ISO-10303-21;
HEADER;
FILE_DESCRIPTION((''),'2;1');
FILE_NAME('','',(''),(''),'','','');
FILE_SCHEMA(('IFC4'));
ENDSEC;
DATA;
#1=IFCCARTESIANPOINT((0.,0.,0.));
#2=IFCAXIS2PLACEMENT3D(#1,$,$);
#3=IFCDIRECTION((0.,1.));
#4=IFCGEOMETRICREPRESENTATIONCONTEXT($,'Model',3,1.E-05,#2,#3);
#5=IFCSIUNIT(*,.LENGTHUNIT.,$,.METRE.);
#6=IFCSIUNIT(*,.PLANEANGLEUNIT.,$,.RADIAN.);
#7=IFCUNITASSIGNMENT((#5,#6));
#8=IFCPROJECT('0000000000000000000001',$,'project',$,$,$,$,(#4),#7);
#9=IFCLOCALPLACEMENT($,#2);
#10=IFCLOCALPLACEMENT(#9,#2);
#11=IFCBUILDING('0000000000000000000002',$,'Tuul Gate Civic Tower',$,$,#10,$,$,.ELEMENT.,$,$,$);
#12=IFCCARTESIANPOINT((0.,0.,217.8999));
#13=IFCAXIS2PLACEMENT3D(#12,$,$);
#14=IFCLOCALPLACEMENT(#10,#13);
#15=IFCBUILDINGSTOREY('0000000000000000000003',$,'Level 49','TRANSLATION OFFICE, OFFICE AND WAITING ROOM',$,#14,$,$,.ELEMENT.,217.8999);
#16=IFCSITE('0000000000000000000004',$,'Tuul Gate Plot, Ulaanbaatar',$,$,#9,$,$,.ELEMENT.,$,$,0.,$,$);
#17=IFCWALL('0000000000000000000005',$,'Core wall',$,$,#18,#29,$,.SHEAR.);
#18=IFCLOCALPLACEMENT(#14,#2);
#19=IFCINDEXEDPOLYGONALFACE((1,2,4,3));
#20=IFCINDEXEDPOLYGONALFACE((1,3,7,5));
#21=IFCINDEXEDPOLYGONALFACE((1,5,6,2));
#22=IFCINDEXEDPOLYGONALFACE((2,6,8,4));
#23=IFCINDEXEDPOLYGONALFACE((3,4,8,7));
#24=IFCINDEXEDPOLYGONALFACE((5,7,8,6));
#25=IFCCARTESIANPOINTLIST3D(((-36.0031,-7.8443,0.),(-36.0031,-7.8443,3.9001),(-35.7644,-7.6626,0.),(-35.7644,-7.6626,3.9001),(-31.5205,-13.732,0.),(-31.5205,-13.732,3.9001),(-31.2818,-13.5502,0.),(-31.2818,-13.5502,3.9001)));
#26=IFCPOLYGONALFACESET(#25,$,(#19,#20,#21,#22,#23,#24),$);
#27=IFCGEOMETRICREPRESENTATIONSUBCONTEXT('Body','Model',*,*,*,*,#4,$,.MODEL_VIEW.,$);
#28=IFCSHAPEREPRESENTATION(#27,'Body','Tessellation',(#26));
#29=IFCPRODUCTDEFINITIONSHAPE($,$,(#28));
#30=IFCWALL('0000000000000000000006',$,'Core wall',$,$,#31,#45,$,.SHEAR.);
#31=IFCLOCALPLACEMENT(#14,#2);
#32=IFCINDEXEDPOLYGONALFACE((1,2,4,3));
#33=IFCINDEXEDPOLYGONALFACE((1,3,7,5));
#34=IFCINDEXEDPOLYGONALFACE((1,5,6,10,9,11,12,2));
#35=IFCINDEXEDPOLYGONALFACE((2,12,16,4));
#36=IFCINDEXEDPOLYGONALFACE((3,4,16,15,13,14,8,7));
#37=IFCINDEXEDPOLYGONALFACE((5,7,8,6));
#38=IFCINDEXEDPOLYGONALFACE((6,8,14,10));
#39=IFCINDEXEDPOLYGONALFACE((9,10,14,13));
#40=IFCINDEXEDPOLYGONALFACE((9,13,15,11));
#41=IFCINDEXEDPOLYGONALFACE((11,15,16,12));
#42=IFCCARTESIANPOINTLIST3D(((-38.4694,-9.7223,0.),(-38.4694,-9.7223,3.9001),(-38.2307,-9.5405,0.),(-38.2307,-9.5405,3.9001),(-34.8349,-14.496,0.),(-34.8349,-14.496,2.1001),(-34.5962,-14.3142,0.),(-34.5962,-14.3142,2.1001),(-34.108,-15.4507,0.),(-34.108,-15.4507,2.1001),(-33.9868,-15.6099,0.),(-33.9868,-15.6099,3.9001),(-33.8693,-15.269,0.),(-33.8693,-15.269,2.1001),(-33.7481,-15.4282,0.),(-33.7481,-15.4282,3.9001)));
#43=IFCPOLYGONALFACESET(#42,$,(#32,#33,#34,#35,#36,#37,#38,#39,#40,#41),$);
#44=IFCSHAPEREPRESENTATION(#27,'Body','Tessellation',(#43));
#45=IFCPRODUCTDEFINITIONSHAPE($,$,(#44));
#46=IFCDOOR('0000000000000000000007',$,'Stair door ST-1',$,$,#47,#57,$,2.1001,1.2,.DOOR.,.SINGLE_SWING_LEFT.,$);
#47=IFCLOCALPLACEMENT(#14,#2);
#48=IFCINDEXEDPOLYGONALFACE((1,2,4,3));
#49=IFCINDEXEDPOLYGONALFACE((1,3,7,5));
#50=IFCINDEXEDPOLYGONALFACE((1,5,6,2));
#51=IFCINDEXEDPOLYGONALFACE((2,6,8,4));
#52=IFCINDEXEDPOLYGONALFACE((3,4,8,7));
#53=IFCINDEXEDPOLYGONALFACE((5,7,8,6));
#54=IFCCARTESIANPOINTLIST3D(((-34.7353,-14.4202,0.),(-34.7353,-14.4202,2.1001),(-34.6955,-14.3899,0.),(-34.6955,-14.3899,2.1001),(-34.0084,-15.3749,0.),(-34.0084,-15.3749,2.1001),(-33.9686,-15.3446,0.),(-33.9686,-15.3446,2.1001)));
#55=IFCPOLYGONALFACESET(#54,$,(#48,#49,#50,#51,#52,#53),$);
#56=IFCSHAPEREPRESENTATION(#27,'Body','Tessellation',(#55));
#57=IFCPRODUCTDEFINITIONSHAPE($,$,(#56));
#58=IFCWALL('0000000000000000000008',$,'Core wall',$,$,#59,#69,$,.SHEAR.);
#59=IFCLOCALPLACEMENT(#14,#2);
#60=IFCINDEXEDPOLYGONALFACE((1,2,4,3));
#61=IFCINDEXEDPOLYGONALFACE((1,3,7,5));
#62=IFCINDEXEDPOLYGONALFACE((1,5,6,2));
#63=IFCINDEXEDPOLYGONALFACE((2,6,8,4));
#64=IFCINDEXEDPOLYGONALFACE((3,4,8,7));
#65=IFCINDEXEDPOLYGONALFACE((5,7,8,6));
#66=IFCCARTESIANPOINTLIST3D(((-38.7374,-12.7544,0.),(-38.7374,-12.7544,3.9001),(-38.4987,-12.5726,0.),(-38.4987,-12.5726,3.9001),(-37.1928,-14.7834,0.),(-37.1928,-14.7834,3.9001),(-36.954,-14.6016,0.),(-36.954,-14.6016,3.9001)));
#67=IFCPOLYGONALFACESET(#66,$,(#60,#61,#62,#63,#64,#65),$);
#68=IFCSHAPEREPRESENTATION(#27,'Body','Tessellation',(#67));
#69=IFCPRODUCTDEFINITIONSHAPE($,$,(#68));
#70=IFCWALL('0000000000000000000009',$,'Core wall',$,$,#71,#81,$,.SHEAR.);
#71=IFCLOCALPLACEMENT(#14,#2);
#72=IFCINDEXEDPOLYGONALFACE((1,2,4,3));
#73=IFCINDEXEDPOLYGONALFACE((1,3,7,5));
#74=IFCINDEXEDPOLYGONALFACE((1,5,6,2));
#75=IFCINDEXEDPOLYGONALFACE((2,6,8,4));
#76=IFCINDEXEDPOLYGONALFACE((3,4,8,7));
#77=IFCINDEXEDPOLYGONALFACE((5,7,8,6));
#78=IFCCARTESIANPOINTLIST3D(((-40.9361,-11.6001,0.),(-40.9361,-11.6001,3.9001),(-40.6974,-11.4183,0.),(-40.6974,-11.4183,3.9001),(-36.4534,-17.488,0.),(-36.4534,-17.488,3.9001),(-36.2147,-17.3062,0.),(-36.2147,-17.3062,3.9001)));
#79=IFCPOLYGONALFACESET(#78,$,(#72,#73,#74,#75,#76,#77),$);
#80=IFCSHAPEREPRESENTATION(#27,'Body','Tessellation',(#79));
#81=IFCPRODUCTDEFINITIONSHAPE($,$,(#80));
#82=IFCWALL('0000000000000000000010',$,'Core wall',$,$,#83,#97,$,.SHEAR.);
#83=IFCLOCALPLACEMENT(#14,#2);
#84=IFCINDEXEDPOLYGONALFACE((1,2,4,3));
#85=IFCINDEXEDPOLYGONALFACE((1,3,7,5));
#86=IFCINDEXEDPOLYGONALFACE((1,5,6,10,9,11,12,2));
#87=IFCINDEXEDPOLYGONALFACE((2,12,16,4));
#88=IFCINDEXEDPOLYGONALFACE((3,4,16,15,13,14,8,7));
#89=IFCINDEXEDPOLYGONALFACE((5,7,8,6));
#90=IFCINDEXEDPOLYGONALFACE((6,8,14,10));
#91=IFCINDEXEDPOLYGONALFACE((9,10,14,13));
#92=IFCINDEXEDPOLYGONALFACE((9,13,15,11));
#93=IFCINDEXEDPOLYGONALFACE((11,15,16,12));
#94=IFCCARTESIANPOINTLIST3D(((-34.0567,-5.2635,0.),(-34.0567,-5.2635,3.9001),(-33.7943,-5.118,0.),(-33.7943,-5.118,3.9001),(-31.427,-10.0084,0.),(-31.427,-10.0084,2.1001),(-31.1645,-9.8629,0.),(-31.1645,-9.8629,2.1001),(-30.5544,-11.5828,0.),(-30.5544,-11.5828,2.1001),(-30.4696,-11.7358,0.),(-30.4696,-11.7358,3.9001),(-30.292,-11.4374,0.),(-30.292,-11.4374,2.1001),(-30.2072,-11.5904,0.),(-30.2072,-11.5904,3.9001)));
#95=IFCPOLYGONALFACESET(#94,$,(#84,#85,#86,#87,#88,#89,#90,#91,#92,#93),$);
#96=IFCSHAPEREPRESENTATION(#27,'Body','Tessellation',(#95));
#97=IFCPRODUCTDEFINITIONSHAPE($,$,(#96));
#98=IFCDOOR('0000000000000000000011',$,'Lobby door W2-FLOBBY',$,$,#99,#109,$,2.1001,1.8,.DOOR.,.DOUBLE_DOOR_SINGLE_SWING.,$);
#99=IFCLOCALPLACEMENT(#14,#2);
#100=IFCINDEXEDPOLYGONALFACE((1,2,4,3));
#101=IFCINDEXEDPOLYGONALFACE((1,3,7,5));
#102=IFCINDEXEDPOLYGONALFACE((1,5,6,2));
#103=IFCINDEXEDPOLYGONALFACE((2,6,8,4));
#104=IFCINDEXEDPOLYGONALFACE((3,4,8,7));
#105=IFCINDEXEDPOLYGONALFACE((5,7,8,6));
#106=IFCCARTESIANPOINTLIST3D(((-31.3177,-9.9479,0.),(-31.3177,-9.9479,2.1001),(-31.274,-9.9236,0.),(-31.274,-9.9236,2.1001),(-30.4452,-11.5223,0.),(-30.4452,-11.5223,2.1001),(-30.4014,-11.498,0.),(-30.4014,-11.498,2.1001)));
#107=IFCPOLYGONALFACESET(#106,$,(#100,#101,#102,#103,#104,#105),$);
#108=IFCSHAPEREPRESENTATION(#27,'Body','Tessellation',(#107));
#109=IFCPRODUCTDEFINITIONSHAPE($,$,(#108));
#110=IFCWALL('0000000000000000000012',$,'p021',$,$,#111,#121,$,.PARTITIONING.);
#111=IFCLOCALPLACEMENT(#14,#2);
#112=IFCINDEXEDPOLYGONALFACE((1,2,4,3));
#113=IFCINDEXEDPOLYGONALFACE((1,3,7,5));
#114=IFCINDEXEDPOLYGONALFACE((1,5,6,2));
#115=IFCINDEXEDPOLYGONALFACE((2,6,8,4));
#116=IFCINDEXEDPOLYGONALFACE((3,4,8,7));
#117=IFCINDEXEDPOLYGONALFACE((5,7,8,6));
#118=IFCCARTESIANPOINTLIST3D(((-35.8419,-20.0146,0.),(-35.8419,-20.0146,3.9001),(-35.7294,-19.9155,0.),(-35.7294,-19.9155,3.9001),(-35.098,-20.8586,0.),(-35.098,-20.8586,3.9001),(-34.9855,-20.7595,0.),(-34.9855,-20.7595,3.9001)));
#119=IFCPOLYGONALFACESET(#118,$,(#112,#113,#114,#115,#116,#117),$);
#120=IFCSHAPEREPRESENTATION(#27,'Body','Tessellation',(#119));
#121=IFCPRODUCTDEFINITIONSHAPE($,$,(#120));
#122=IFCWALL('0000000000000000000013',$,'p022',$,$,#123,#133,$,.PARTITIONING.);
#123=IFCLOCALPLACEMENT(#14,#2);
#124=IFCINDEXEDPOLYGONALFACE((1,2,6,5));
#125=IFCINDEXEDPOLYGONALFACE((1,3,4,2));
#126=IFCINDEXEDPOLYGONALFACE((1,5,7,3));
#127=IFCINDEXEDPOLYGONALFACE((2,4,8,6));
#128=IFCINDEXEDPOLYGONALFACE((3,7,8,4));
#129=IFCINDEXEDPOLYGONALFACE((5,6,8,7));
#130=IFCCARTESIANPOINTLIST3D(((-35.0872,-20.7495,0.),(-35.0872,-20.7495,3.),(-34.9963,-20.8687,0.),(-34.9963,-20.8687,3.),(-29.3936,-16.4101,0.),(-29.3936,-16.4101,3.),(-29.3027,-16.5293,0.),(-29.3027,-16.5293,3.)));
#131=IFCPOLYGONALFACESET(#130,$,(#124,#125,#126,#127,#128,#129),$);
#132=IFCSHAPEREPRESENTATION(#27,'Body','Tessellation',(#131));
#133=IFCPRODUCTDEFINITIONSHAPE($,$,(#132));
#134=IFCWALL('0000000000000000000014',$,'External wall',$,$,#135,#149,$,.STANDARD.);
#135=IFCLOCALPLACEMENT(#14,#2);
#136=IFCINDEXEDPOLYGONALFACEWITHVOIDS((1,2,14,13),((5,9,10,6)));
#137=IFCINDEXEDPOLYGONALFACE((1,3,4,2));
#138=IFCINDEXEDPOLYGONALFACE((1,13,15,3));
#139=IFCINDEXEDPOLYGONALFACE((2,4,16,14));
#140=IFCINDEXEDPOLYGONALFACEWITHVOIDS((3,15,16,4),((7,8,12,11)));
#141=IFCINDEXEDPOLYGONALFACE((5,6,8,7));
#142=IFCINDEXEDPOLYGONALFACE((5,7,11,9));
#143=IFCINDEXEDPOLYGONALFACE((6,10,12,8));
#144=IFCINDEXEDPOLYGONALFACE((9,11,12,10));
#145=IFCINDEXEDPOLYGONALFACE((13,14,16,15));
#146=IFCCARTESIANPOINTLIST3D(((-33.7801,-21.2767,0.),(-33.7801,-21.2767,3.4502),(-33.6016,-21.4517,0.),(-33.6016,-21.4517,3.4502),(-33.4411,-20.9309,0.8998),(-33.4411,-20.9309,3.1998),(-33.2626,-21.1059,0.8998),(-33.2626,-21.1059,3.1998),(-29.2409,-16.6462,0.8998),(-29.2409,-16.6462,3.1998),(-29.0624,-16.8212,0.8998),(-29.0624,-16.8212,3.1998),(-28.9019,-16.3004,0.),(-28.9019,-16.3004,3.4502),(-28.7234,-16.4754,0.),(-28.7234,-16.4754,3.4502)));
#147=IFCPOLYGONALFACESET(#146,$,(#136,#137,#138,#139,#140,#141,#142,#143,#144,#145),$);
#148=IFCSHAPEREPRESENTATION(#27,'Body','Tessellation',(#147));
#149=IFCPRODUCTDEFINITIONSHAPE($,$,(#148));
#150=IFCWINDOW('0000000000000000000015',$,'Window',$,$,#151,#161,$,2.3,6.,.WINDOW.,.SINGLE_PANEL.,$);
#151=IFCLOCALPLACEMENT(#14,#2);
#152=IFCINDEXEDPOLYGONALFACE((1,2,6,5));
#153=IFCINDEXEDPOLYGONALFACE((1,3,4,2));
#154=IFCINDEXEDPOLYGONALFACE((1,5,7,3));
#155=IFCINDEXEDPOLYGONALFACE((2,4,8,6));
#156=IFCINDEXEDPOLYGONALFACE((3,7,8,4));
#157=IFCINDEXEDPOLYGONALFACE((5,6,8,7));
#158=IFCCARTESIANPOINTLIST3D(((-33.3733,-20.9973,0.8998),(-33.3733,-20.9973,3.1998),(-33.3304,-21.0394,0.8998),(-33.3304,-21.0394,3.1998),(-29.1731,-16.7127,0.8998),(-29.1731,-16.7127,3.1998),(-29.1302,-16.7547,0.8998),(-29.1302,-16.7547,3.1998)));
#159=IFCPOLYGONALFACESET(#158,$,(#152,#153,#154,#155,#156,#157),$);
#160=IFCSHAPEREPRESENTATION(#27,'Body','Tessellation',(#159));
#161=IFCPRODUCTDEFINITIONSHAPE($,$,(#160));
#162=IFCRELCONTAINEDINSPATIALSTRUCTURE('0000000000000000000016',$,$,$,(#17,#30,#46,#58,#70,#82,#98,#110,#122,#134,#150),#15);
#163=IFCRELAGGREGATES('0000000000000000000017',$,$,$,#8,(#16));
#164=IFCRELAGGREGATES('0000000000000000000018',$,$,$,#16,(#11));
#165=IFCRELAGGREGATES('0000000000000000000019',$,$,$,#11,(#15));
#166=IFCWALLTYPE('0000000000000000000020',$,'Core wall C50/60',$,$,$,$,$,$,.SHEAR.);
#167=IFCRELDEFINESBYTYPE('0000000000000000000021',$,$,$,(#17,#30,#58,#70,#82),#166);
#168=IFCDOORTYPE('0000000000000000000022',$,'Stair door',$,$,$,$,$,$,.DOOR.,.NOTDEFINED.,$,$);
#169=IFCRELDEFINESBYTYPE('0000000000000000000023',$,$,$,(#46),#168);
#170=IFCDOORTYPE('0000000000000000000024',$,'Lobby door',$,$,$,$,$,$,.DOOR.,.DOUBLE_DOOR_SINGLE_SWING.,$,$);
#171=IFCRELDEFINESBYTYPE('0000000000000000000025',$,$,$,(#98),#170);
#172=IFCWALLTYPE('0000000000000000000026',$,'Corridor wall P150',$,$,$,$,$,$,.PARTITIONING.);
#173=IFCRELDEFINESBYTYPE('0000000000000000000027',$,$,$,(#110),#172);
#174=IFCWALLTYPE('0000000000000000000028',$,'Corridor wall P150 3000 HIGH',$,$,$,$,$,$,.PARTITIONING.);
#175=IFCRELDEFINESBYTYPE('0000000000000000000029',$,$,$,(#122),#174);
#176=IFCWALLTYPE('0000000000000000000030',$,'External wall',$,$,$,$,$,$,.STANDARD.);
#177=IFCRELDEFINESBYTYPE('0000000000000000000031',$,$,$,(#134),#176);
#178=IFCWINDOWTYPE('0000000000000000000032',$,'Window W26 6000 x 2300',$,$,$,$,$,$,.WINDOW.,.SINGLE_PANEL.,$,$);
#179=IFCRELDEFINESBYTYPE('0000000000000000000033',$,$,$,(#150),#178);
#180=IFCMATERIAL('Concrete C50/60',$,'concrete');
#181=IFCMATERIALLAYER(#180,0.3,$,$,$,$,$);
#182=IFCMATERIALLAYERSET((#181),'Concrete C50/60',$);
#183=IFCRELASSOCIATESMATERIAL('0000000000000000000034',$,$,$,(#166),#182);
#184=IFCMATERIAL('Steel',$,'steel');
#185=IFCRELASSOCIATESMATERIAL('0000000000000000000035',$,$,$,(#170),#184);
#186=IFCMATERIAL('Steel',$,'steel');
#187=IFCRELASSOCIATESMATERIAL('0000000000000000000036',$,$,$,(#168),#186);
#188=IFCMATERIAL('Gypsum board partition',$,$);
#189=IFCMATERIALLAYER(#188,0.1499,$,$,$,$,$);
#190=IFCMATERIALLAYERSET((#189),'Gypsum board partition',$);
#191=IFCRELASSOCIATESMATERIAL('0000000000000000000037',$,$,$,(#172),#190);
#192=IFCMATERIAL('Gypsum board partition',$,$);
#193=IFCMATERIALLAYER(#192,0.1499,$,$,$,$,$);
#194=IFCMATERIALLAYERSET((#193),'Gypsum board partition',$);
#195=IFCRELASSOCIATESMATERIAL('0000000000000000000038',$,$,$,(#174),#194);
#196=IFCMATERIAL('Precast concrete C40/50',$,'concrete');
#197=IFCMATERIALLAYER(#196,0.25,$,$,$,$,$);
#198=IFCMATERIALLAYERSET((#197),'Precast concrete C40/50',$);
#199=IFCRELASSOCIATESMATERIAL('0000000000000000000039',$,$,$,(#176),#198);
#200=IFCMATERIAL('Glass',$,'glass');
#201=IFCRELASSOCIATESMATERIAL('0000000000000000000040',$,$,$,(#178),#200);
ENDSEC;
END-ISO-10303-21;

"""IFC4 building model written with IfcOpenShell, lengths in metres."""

from ifc_helpers import new_model, si_unit, direction, frame, frame_2d, origin, place, context, subcontext, project, spatial, rectangle, extrude, material, layer, layer_set, type_object, element, fill, save


model = new_model("IFC4")

# Units and contexts
model_context = context("Model", 3, precision=1e-05, world=origin(), true_north=direction((0.0, 1.0)))
body_context = subcontext(model_context, "Body", "Model", "MODEL_VIEW")
ifc_project = project(units=[si_unit("LENGTHUNIT", "METRE"), si_unit("PLANEANGLEUNIT", "RADIAN")], contexts=[model_context])

# Site, building, storey
site_placement = place(None, origin())
site = spatial("IfcSite", under=ifc_project, at=site_placement, Name="Tuul Gate Plot, Ulaanbaatar", CompositionType="ELEMENT", RefElevation=0.0)
building_placement = place(site_placement, origin())
building = spatial("IfcBuilding", under=site, at=building_placement, Name="Tuul Gate Civic Tower", CompositionType="ELEMENT")
storey_placement = place(building_placement, frame((0.0, 0.0, 217.8999)))
storey = spatial("IfcBuildingStorey", under=building, at=storey_placement, Name="Level 49", Description="TRANSLATION OFFICE, OFFICE AND WAITING ROOM", CompositionType="ELEMENT", Elevation=217.8999)

# Shared definitions
ifc_material_1 = material(Name="Concrete C50/60", Category="concrete")
ifc_layer_1 = layer(ifc_material_1, 0.3)
ifc_layer_set_1 = layer_set([ifc_layer_1], Name="Concrete C50/60")
wall_type_1 = type_object("IfcWallType", Name="Core wall C50/60", PredefinedType="SHEAR", material=ifc_layer_set_1)
ifc_material_2 = material(Name="Steel", Category="steel")
door_type_1 = type_object("IfcDoorType", Name="Lobby door", OperationType="DOUBLE_DOOR_SINGLE_SWING", PredefinedType="DOOR", material=ifc_material_2)

# Wall
wall_1_placement = place(storey_placement, frame((-31.4011, -13.6411, 0.0), z_axis=(0.0, 0.0, 1.0), x_axis=(-0.60577, 0.79564, 0.0)))
element("IfcWall", 1, at=wall_1_placement, inside=storey, type_object=wall_type_1, Name="Core wall", PredefinedType="SHEAR", context=body_context, shape_type="SweptSolid", body=[
    extrude(rectangle(XDim=7.3999, YDim=0.3, at=frame_2d((3.7, 0.0))), origin(), (0.0, 0.0, 1.0), 3.9001),
])

# Wall, opening, door
wall_2_placement = place(storey_placement, frame((-33.8674, -15.519, 0.0), z_axis=(0.0, 0.0, 1.0), x_axis=(-0.60577, 0.79564, 0.0)))
wall_2 = element("IfcWall", 2, at=wall_2_placement, inside=storey, type_object=wall_type_1, Name="Core wall", PredefinedType="SHEAR", context=body_context, shape_type="SweptSolid", body=[
    extrude(rectangle(XDim=7.3999, YDim=0.3, at=frame_2d((3.7, 0.0))), origin(), (0.0, 0.0, 1.0), 3.9001),
])
opening_1_placement = place(wall_2_placement, frame((0.2, 0.0, 0.0)))
opening_1 = element("IfcOpeningElement", 3, at=opening_1_placement, cuts=wall_2, PredefinedType="OPENING", context=body_context, shape_type="SweptSolid", body=[
    extrude(rectangle(XDim=1.2, YDim=2.1001, at=frame_2d((0.6001, 1.05))), frame((0.0, 0.1602, 0.0), z_axis=(0.0, -1.0, 0.0), x_axis=(1.0, 0.0, 0.0)), (0.0, 0.0, 1.0), 0.3201),
])
ifc_material_3 = material(Name="Steel", Category="steel")
door_type_2 = type_object("IfcDoorType", Name="Stair door", OperationType="NOTDEFINED", PredefinedType="DOOR", material=ifc_material_3)
door_1_placement = place(opening_1_placement, origin())
door_1 = element("IfcDoor", 4, at=door_1_placement, inside=storey, type_object=door_type_2, Name="Stair door ST-1", OperationType="SINGLE_SWING_LEFT", OverallHeight=2.1001, OverallWidth=1.2, PredefinedType="DOOR", context=body_context, shape_type="SweptSolid", body=[
    extrude(rectangle(XDim=1.2, YDim=2.1001, at=frame_2d((0.6001, 1.05))), frame((0.0, 0.0249, 0.0), z_axis=(0.0, -1.0, 0.0), x_axis=(1.0, 0.0, 0.0)), (0.0, 0.0, 1.0), 0.05),
])
fill(opening_1, door_1)

# Walls
wall_3_placement = place(storey_placement, frame((-37.0735, -14.6924, 0.0), z_axis=(0.0, 0.0, 1.0), x_axis=(-0.605729, 0.795671, 0.0)))
element("IfcWall", 5, at=wall_3_placement, inside=storey, type_object=wall_type_1, Name="Core wall", PredefinedType="SHEAR", context=body_context, shape_type="SweptSolid", body=[
    extrude(rectangle(XDim=2.55, YDim=0.3, at=frame_2d((1.2749, 0.0))), origin(), (0.0, 0.0, 1.0), 3.9001),
])
wall_4_placement = place(storey_placement, frame((-36.334, -17.3972, 0.0), z_axis=(0.0, 0.0, 1.0), x_axis=(-0.605754, 0.795652, 0.0)))
element("IfcWall", 6, at=wall_4_placement, inside=storey, type_object=wall_type_1, Name="Core wall", PredefinedType="SHEAR", context=body_context, shape_type="SweptSolid", body=[
    extrude(rectangle(XDim=7.4001, YDim=0.3, at=frame_2d((3.7002, 0.0))), origin(), (0.0, 0.0, 1.0), 3.9001),
])

# Wall, opening, door
wall_5_placement = place(storey_placement, frame((-30.3384, -11.6631, 0.0), z_axis=(0.0, 0.0, 1.0), x_axis=(-0.484752, 0.874652, 0.0)))
wall_5 = element("IfcWall", 7, at=wall_5_placement, inside=storey, type_object=wall_type_1, Name="Core wall", PredefinedType="SHEAR", context=body_context, shape_type="SweptSolid", body=[
    extrude(rectangle(XDim=7.3999, YDim=0.3, at=frame_2d((3.7, 0.0))), origin(), (0.0, 0.0, 1.0), 3.9001),
])
opening_2_placement = place(wall_5_placement, frame((0.175, 0.0, 0.0)))
opening_2 = element("IfcOpeningElement", 8, at=opening_2_placement, cuts=wall_5, PredefinedType="OPENING", context=body_context, shape_type="SweptSolid", body=[
    extrude(rectangle(XDim=1.8, YDim=2.1001, at=frame_2d((0.8999, 1.05))), frame((0.0, 0.1602, 0.0), z_axis=(0.0, -1.0, 0.0), x_axis=(1.0, 0.0, 0.0)), (0.0, 0.0, 1.0), 0.3201),
])
door_2_placement = place(opening_2_placement, frame((1.8, 0.0, 0.0), z_axis=(0.0, 0.0, 1.0), x_axis=(-1.0, 0.0, 0.0)))
door_2 = element("IfcDoor", 9, at=door_2_placement, inside=storey, type_object=door_type_1, Name="Lobby door W2-FLOBBY", OperationType="DOUBLE_DOOR_SINGLE_SWING", OverallHeight=2.1001, OverallWidth=1.8, PredefinedType="DOOR", context=body_context, shape_type="SweptSolid", body=[
    extrude(rectangle(XDim=1.8, YDim=2.1001, at=frame_2d((0.9001, 1.05))), frame((0.0, 0.0249, 0.0), z_axis=(0.0, -1.0, 0.0), x_axis=(1.0, 0.0, 0.0)), (0.0, 0.0, 1.0), 0.05),
])
fill(opening_2, door_2)

# Walls
ifc_material_4 = material(Name="Gypsum board partition")
ifc_layer_2 = layer(ifc_material_4, 0.1499)
ifc_layer_set_2 = layer_set([ifc_layer_2], Name="Gypsum board partition")
wall_type_2 = type_object("IfcWallType", Name="Corridor wall P150", PredefinedType="PARTITIONING", material=ifc_layer_set_2)
wall_6_placement = place(storey_placement, frame((-35.7856, -19.9651, 0.0), z_axis=(0.0, 0.0, 1.0), x_axis=(0.66122, -0.750192, 0.0)))
element("IfcWall", 10, at=wall_6_placement, inside=storey, type_object=wall_type_2, Name="p021", PredefinedType="PARTITIONING", context=body_context, shape_type="SweptSolid", body=[
    extrude(rectangle(XDim=1.125, YDim=0.1499, at=frame_2d((0.5625, 0.0))), origin(), (0.0, 0.0, 1.0), 3.9001),
])
ifc_material_5 = material(Name="Gypsum board partition")
ifc_layer_3 = layer(ifc_material_5, 0.1499)
ifc_layer_set_3 = layer_set([ifc_layer_3], Name="Gypsum board partition")
wall_type_3 = type_object("IfcWallType", Name="Corridor wall P150 3000 HIGH", PredefinedType="PARTITIONING", material=ifc_layer_set_3)
wall_7_placement = place(storey_placement, frame((-35.0417, -20.8091, 0.0), z_axis=(0.0, 0.0, 1.0), x_axis=(0.795339, 0.606164, 0.0)))
element("IfcWall", 11, at=wall_7_placement, inside=storey, type_object=wall_type_3, Name="p022", PredefinedType="PARTITIONING", context=body_context, shape_type="SweptSolid", body=[
    extrude(rectangle(XDim=7.1587, YDim=0.1499, at=frame_2d((3.5793, 0.0))), origin(), (0.0, 0.0, 1.0), 3.0),
])

# Wall, opening, window
ifc_material_6 = material(Name="Precast concrete C40/50", Category="concrete")
ifc_layer_4 = layer(ifc_material_6, 0.25)
ifc_layer_set_4 = layer_set([ifc_layer_4], Name="Precast concrete C40/50")
wall_type_4 = type_object("IfcWallType", Name="External wall", PredefinedType="STANDARD", material=ifc_layer_set_4)
wall_8_placement = place(storey_placement, frame((-33.6909, -21.3643, 0.0), z_axis=(0.0, 0.0, 1.0), x_axis=(0.70003, 0.714114, 0.0)))
wall_8 = element("IfcWall", 12, at=wall_8_placement, inside=storey, type_object=wall_type_4, Name="External wall", PredefinedType="STANDARD", context=body_context, shape_type="SweptSolid", body=[
    extrude(rectangle(XDim=6.9685, YDim=0.25, at=frame_2d((3.4844, 0.0))), origin(), (0.0, 0.0, 1.0), 3.4502),
])
opening_3_placement = place(wall_8_placement, frame((0.4844, 0.0, 0.8999)))
opening_3 = element("IfcOpeningElement", 13, at=opening_3_placement, cuts=wall_8, PredefinedType="OPENING", context=body_context, shape_type="SweptSolid", body=[
    extrude(rectangle(XDim=6.0, YDim=2.3, at=frame_2d((3.0, 1.1499))), frame((0.0, 0.135, 0.0), z_axis=(0.0, -1.0, 0.0), x_axis=(1.0, 0.0, 0.0)), (0.0, 0.0, 1.0), 0.27),
])
ifc_material_7 = material(Name="Glass", Category="glass")
window_type = type_object("IfcWindowType", Name="Window W26 6000 x 2300", PartitioningType="SINGLE_PANEL", PredefinedType="WINDOW", material=ifc_material_7)
window_1_placement = place(opening_3_placement, origin())
window_1 = element("IfcWindow", 14, at=window_1_placement, inside=storey, type_object=window_type, Name="Window", OverallHeight=2.3, OverallWidth=6.0, PartitioningType="SINGLE_PANEL", PredefinedType="WINDOW", context=body_context, shape_type="SweptSolid", body=[
    extrude(rectangle(XDim=6.0, YDim=2.3, at=frame_2d((3.0, 1.1499))), frame((0.0, 0.03, 0.0), z_axis=(0.0, -1.0, 0.0), x_axis=(1.0, 0.0, 0.0)), (0.0, 0.0, 1.0), 0.0601),
])
fill(opening_3, window_1)

save(model, "model.ifc")
